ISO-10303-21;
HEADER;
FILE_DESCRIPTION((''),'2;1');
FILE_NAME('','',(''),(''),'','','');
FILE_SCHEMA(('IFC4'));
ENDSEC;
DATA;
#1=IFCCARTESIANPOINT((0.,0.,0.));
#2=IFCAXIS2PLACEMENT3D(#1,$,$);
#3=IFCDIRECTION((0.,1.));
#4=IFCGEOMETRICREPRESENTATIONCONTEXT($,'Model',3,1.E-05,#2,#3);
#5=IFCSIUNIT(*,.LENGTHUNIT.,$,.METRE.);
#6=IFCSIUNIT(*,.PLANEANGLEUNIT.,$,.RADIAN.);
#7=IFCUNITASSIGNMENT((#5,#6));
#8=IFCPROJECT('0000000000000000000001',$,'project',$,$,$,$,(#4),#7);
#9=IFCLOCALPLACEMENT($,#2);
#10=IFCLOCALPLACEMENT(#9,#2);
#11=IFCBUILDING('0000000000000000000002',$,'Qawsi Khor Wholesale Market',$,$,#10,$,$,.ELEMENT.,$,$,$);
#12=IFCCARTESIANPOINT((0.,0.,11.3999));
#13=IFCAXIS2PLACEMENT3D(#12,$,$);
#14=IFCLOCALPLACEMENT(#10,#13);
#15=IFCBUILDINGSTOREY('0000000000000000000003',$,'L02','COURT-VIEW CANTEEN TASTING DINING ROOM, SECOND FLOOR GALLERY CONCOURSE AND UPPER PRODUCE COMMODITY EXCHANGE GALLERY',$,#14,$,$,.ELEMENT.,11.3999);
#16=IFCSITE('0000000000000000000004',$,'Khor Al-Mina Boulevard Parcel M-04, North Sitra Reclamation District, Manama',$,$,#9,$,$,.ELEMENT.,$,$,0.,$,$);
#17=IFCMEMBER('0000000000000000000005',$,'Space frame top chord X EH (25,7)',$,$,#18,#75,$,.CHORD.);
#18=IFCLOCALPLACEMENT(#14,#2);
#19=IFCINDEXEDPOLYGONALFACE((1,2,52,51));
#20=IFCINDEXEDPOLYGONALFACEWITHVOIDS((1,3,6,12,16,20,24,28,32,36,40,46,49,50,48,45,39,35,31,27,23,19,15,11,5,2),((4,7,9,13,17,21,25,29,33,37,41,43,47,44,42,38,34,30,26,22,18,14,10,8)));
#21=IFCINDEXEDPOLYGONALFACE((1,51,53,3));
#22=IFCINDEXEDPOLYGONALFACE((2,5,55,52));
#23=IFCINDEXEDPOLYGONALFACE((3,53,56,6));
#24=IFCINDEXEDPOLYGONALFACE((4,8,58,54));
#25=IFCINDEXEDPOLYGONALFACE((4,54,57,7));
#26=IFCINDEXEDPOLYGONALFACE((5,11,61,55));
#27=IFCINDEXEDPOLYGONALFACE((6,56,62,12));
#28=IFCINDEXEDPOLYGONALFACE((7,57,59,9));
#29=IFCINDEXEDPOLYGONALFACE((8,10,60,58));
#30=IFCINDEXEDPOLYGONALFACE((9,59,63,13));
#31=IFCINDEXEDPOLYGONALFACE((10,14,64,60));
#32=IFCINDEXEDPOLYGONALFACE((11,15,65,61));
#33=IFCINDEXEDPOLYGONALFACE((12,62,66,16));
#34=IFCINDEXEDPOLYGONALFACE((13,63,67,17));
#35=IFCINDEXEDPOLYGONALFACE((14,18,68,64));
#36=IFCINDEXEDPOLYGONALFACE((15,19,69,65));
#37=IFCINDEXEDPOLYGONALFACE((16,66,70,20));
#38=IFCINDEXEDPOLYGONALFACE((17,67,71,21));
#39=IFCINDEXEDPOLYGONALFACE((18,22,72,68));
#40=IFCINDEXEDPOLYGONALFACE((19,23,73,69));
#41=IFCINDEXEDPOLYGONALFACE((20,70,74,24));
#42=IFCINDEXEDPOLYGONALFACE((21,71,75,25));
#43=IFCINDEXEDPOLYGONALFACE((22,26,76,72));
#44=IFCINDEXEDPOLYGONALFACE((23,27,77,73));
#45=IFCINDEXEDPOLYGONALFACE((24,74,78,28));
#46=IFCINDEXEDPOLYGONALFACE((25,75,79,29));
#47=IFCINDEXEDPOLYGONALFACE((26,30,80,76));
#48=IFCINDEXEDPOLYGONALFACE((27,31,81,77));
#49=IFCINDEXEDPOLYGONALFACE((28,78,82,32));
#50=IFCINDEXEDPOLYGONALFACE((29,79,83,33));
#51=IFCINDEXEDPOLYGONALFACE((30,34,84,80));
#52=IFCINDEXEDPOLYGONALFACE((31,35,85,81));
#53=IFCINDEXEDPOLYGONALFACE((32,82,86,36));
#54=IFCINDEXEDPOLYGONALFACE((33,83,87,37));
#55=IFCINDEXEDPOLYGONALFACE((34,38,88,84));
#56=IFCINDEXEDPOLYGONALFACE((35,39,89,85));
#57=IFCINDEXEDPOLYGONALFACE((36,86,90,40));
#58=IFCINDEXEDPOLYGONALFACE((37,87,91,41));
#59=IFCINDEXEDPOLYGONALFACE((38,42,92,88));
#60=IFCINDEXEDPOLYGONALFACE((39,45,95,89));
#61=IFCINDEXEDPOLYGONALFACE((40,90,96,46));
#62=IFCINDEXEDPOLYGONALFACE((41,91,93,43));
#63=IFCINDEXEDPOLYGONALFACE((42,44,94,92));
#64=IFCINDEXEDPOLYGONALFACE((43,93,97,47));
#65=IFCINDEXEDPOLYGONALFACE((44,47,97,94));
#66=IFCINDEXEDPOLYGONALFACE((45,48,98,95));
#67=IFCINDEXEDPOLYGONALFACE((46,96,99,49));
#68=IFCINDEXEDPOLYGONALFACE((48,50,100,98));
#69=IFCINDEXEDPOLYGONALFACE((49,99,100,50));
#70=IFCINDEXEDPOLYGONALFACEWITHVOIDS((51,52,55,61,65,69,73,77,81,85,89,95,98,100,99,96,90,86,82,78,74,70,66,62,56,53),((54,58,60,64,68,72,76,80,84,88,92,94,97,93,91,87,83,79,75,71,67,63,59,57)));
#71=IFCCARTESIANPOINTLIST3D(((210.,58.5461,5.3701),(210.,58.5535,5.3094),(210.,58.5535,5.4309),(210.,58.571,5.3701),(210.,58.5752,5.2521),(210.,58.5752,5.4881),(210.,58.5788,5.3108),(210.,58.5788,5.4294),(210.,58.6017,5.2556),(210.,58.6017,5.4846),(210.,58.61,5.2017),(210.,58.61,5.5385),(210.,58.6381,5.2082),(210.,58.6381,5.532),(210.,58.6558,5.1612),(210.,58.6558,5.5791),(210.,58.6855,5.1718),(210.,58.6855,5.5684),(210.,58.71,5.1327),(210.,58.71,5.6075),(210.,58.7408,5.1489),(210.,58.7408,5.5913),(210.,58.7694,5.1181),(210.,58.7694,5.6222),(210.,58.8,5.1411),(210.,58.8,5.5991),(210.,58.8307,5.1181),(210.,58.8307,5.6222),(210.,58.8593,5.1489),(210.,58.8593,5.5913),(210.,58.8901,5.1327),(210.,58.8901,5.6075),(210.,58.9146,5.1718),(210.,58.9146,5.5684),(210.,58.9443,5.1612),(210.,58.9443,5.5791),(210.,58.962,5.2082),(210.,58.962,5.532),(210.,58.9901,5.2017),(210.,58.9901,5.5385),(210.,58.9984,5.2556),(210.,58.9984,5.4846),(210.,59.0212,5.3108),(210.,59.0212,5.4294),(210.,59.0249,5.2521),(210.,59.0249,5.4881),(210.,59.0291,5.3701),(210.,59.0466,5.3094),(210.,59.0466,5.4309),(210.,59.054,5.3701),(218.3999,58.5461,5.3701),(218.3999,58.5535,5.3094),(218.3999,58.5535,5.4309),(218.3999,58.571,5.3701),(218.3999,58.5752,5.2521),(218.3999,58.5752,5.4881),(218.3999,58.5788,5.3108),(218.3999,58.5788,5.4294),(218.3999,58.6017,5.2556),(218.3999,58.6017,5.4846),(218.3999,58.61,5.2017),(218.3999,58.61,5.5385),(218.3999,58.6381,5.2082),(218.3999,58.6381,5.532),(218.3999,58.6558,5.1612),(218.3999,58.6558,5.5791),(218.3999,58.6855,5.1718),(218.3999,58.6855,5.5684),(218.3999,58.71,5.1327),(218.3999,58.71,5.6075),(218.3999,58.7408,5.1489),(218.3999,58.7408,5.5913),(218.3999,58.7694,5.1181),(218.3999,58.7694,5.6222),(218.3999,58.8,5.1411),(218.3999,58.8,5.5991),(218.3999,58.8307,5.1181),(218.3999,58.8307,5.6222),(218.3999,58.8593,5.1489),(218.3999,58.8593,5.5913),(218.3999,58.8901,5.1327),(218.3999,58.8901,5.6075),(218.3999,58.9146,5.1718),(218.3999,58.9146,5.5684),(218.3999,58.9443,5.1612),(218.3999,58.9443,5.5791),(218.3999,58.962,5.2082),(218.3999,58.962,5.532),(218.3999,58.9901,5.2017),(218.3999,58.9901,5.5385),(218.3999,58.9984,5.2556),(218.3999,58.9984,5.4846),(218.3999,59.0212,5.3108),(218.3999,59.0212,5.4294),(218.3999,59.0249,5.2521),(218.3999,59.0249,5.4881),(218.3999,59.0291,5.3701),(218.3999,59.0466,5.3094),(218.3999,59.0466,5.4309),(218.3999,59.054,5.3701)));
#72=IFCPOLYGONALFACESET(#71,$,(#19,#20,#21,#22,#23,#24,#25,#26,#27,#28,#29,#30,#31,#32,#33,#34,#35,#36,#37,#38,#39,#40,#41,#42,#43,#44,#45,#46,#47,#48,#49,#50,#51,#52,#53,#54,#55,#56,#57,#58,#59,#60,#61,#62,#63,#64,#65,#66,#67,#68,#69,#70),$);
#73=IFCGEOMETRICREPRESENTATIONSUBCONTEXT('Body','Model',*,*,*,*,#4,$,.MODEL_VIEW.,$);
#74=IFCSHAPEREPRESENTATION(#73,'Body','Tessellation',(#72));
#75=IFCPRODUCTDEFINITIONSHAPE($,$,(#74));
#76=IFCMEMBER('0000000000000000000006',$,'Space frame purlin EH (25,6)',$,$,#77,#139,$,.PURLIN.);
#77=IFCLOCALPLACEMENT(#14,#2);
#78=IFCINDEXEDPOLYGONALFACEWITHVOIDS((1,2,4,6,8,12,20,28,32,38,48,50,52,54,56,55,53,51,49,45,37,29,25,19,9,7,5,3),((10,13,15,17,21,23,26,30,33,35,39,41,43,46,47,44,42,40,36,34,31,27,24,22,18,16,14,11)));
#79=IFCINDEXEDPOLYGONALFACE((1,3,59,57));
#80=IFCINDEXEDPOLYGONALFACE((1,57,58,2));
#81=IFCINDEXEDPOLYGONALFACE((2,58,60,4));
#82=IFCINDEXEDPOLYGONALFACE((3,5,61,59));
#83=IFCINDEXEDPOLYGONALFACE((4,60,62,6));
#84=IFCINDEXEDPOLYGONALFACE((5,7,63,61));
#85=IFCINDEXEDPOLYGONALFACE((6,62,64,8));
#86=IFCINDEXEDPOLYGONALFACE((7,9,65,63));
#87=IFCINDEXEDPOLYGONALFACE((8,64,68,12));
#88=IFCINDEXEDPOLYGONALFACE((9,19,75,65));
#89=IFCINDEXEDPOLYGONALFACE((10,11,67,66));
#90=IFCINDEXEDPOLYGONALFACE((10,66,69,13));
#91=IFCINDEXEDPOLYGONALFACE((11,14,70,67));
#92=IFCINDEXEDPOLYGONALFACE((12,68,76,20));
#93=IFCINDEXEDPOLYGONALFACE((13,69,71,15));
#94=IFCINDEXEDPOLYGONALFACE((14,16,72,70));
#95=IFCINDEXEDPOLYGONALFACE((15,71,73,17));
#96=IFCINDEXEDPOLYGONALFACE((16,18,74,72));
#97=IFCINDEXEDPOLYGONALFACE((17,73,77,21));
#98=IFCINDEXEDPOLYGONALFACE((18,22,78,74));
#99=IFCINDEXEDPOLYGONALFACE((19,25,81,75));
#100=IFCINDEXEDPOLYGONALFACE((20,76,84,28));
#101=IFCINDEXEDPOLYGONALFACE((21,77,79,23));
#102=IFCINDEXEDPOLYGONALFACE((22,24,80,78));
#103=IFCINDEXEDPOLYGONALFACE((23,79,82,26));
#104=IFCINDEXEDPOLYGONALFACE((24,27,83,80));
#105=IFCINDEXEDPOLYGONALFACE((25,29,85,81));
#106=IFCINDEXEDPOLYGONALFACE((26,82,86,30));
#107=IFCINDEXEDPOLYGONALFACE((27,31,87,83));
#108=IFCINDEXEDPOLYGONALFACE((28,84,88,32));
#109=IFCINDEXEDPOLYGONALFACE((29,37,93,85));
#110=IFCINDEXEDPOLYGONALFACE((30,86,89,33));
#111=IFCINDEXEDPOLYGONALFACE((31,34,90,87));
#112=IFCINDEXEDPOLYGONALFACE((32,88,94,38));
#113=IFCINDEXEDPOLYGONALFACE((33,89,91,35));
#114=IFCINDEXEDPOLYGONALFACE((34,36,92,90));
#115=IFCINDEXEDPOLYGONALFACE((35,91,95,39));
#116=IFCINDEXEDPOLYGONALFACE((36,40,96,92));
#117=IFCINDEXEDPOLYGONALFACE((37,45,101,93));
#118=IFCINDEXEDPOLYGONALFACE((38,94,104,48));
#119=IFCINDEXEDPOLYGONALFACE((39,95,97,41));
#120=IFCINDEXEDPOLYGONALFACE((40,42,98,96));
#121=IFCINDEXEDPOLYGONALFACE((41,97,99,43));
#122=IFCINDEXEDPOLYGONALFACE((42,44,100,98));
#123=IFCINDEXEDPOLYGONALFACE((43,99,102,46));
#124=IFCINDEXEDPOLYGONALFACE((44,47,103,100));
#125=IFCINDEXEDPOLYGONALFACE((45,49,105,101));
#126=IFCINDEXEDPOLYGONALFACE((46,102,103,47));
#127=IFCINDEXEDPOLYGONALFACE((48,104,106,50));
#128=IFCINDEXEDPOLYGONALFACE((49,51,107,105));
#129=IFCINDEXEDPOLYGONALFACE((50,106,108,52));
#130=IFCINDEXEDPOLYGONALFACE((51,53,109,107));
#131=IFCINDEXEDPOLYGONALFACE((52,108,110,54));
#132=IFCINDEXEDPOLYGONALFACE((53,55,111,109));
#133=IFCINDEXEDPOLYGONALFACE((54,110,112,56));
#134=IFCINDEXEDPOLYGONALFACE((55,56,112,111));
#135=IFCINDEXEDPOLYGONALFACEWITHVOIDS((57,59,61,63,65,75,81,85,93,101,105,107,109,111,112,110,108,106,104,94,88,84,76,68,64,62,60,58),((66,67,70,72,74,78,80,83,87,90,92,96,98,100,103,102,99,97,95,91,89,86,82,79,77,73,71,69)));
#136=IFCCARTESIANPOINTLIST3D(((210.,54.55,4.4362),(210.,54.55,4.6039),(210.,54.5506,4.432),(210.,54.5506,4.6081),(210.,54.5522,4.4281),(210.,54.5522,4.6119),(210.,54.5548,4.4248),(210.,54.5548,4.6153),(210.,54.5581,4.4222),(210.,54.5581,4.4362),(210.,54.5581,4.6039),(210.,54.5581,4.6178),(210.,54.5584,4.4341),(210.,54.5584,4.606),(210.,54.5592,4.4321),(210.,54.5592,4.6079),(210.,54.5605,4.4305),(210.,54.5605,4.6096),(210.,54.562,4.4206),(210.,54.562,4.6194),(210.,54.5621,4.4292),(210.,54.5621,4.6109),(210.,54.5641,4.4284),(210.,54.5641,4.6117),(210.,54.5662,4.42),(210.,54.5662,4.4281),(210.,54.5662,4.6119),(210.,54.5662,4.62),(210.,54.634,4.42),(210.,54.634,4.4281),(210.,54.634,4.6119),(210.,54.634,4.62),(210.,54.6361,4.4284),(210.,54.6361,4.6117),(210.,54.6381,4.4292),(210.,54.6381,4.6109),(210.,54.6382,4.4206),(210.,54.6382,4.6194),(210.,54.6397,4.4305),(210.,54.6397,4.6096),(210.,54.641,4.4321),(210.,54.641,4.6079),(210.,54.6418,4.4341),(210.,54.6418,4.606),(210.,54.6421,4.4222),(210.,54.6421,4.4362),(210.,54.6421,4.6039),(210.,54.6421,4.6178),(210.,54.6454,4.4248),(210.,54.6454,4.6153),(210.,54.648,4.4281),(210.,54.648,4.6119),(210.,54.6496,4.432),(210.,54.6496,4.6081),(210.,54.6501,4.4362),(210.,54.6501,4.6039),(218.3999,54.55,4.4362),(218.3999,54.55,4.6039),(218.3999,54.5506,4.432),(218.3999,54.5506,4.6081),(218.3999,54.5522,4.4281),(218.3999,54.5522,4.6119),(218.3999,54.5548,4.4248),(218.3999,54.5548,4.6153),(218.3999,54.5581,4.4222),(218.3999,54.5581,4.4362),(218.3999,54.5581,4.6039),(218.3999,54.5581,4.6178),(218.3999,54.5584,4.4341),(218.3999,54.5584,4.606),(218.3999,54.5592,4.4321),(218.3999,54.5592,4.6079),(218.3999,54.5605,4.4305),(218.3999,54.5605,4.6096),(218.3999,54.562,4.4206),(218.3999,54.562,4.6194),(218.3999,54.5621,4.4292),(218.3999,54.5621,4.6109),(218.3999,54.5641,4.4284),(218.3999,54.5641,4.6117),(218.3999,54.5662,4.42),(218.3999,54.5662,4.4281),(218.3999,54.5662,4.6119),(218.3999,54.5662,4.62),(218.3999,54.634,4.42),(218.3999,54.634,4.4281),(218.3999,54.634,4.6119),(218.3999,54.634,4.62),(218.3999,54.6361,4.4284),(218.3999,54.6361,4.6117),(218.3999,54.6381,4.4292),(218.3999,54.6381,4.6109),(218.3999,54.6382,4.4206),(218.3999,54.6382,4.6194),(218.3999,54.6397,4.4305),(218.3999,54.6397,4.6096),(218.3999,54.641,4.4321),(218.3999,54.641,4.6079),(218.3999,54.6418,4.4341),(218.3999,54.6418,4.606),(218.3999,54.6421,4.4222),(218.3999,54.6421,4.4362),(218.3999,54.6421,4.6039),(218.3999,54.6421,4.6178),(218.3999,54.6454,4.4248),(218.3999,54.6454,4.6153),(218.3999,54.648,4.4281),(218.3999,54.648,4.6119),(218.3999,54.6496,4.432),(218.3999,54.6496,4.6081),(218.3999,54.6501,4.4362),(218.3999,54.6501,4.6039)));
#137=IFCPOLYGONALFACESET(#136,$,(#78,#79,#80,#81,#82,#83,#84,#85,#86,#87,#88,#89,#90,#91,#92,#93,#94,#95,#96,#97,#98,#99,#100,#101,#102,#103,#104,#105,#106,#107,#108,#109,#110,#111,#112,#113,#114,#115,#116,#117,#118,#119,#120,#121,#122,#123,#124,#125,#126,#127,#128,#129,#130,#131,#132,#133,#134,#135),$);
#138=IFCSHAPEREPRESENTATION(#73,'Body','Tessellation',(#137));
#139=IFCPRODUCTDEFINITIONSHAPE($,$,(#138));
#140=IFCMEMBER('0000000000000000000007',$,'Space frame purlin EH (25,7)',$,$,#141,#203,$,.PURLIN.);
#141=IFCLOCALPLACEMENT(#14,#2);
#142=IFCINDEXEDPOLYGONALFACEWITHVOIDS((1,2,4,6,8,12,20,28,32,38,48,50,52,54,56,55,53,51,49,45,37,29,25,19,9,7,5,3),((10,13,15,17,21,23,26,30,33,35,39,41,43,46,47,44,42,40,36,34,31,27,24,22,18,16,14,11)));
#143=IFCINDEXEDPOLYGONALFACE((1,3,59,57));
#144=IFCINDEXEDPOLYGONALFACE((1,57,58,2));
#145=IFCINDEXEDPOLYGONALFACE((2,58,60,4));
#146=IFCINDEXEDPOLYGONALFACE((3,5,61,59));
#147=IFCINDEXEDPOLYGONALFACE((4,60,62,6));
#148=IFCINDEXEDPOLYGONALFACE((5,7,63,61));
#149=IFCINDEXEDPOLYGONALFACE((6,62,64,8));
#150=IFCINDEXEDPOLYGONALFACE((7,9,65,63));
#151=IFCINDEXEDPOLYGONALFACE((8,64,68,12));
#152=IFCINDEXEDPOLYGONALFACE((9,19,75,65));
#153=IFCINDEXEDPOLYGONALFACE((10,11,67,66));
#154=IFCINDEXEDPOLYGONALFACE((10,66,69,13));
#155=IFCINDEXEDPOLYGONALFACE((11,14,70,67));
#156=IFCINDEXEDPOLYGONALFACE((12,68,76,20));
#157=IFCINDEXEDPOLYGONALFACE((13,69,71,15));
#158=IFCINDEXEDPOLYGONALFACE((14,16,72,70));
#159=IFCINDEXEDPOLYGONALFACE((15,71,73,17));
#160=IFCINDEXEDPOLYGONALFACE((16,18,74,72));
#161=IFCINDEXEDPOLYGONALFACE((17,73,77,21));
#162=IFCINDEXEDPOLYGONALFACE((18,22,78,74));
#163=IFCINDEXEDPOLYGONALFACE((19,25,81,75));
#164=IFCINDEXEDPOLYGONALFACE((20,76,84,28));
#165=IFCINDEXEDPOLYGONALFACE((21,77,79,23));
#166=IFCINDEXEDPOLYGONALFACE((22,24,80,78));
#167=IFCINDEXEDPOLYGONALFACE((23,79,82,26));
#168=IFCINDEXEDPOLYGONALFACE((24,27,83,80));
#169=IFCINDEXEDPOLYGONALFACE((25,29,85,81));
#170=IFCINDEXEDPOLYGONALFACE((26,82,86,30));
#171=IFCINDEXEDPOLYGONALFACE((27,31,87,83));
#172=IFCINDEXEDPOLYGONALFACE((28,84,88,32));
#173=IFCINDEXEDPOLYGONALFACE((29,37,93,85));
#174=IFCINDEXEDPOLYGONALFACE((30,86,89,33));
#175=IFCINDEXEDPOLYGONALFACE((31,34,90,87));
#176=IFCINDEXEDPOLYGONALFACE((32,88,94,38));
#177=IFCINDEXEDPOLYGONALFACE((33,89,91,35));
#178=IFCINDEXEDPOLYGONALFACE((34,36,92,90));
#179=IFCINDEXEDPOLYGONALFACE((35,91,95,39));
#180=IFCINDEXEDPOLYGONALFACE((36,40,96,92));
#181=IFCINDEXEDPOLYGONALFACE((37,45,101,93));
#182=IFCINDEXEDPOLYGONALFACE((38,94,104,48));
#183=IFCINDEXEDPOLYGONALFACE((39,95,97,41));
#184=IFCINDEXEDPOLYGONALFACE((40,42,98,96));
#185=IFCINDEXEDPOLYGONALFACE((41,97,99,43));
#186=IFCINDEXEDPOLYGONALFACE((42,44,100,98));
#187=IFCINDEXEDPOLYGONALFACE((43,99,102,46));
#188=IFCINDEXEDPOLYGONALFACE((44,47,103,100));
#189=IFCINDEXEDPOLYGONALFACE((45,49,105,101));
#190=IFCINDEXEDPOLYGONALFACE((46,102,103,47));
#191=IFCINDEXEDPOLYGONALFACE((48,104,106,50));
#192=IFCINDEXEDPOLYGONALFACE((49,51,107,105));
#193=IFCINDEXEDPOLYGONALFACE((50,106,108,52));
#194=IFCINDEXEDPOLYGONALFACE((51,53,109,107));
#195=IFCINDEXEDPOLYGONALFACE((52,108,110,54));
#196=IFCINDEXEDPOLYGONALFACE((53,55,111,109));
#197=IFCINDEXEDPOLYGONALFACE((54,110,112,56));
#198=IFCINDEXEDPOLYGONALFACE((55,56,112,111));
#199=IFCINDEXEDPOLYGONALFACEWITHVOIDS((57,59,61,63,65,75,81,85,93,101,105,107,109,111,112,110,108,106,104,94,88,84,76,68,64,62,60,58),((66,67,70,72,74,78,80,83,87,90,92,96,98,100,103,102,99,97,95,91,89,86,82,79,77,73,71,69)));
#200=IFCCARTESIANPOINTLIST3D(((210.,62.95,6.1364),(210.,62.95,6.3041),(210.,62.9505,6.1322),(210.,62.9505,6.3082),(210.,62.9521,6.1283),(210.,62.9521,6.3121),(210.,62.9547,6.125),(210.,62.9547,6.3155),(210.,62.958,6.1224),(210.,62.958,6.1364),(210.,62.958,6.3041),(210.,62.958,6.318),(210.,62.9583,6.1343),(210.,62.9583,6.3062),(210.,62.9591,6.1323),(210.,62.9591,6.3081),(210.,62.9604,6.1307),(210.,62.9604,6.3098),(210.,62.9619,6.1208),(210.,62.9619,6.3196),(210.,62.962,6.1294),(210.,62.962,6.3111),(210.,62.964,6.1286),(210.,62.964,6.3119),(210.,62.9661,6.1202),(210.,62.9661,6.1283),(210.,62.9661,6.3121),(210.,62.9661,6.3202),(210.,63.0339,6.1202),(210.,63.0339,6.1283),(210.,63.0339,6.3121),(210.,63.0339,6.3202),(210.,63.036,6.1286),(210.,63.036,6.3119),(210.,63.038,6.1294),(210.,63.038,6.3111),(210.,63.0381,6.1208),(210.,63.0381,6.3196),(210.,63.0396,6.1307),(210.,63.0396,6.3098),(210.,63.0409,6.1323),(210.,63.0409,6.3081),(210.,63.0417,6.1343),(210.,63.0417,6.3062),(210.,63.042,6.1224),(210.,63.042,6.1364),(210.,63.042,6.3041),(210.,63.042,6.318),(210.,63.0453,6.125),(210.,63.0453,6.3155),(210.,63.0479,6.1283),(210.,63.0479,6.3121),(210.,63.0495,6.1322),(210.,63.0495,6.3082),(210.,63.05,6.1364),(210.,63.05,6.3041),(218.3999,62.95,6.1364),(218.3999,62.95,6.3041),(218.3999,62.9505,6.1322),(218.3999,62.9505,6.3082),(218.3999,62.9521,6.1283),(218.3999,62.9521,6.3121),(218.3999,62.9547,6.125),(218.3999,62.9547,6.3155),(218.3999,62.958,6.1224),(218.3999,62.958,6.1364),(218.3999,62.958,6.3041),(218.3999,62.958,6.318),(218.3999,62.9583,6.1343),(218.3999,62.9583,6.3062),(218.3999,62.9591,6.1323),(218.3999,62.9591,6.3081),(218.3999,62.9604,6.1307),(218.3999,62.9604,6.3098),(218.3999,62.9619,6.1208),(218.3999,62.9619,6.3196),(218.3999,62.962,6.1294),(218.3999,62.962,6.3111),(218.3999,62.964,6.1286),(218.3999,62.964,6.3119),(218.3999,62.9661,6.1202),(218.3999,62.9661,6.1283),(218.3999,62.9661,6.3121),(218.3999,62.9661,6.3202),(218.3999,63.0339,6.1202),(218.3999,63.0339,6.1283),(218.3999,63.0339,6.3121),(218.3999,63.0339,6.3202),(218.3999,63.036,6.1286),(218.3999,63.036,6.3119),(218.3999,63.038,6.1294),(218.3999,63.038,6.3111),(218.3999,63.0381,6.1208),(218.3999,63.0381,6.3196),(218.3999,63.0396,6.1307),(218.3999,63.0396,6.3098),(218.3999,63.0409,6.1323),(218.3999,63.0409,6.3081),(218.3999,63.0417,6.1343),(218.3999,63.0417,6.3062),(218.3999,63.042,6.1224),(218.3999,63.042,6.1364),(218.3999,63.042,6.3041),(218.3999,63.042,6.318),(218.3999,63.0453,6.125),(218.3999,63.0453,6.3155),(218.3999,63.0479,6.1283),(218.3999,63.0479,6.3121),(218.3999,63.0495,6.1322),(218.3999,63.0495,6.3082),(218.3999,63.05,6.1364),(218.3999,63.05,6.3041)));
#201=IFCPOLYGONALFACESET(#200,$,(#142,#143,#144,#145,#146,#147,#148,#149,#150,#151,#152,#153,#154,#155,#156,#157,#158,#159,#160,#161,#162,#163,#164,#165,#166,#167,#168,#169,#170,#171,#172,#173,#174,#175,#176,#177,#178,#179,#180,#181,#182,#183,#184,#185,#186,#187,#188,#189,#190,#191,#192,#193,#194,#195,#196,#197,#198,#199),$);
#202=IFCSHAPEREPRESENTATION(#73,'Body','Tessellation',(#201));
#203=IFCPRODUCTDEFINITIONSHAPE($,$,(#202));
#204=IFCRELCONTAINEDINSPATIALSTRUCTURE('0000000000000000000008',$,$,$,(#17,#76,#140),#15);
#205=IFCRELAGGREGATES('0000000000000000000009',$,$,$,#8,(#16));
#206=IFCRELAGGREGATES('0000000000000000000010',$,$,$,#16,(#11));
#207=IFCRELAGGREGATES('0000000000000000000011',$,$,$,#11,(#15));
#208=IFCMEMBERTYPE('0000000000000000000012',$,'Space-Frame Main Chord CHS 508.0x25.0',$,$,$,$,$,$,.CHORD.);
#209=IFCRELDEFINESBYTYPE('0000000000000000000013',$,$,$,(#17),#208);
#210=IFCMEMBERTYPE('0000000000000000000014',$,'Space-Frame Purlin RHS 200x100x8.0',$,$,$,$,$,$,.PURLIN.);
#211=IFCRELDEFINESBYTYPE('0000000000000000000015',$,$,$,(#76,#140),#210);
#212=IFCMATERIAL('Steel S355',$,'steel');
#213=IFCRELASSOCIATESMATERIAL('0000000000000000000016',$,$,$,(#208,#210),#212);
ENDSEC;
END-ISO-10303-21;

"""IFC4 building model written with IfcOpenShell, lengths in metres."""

from ifc_helpers import new_model, si_unit, direction, frame, origin, origin_2d, place, context, subcontext, project, spatial, hollow_rectangle, hollow_circle, extrude, material, material_profile, profile_set, type_object, element, save


model = new_model("IFC4")

# Units and contexts
model_context = context("Model", 3, precision=1e-05, world=origin(), true_north=direction((0.0, 1.0)))
body_context = subcontext(model_context, "Body", "Model", "MODEL_VIEW")
ifc_project = project(units=[si_unit("LENGTHUNIT", "METRE"), si_unit("PLANEANGLEUNIT", "RADIAN")], contexts=[model_context])

# Site, building, storey
site_placement = place(None, origin())
site = spatial("IfcSite", under=ifc_project, at=site_placement, Name="Khor Al-Mina Boulevard Parcel M-04, North Sitra Reclamation District, Manama", CompositionType="ELEMENT", RefElevation=0.0)
building_placement = place(site_placement, origin())
building = spatial("IfcBuilding", under=site, at=building_placement, Name="Qawsi Khor Wholesale Market", CompositionType="ELEMENT")
storey_placement = place(building_placement, frame((0.0, 0.0, 11.3999)))
storey = spatial("IfcBuildingStorey", under=building, at=storey_placement, Name="L02", Description="COURT-VIEW CANTEEN TASTING DINING ROOM, SECOND FLOOR GALLERY CONCOURSE AND UPPER PRODUCE COMMODITY EXCHANGE GALLERY", CompositionType="ELEMENT", Elevation=11.3999)

# Members
ifc_material_1 = material(Name="Steel S355", Category="steel")
ifc_material_profile_1 = material_profile(ifc_material_1, hollow_circle(Radius=0.2539, WallThickness=0.0249, at=origin_2d()), Name="CHS 508.0x25.0")
ifc_profile_set_1 = profile_set([ifc_material_profile_1], Name="Steel S355")
member_type_1 = type_object("IfcMemberType", Name="Space-Frame Main Chord CHS 508.0x25.0", PredefinedType="CHORD", material=ifc_profile_set_1)
member_1_placement = place(storey_placement, frame((210.0, 58.8, 5.3701), z_axis=(1.0, 0.0, 0.0), x_axis=(0.0, 1.0, 0.0)))
element("IfcMember", 1, at=member_1_placement, inside=storey, type_object=member_type_1, Name="Space frame top chord X EH (25,7)", PredefinedType="CHORD", context=body_context, shape_type="SweptSolid", body=[
    extrude(hollow_circle(Radius=0.2539, WallThickness=0.0249, at=origin_2d()), origin(), (0.0, 0.0, 1.0), 8.3999),
])
ifc_material_profile_2 = material_profile(ifc_material_1, hollow_rectangle(XDim=0.1001, YDim=0.2, WallThickness=0.0081, InnerFilletRadius=0.0081, OuterFilletRadius=0.0161, at=origin_2d()), Name="RHS 200x100x8.0")
ifc_profile_set_2 = profile_set([ifc_material_profile_2], Name="Steel S355")
member_type_2 = type_object("IfcMemberType", Name="Space-Frame Purlin RHS 200x100x8.0", PredefinedType="PURLIN", material=ifc_profile_set_2)
for number, where, z_axis, x_axis, name in (
    (2, (210.0, 54.6001, 4.52), (1.0, 0.0, 0.0), (0.0, 1.0, 0.0), "Space frame purlin EH (25,6)"),
    (3, (210.0, 63.0, 6.2202), (1.0, 0.0, 0.0), (0.0, 1.0, 0.0), "Space frame purlin EH (25,7)"),
):
    element("IfcMember", number, at=place(storey_placement, frame(where, z_axis=z_axis, x_axis=x_axis)), inside=storey, type_object=member_type_2, Name=name, PredefinedType="PURLIN", context=body_context, shape_type="SweptSolid", body=[
        extrude(hollow_rectangle(XDim=0.1001, YDim=0.2, WallThickness=0.0081, InnerFilletRadius=0.0081, OuterFilletRadius=0.0161, at=origin_2d()), origin(), (0.0, 0.0, 1.0), 8.3999),
    ])

save(model, "model.ifc")
